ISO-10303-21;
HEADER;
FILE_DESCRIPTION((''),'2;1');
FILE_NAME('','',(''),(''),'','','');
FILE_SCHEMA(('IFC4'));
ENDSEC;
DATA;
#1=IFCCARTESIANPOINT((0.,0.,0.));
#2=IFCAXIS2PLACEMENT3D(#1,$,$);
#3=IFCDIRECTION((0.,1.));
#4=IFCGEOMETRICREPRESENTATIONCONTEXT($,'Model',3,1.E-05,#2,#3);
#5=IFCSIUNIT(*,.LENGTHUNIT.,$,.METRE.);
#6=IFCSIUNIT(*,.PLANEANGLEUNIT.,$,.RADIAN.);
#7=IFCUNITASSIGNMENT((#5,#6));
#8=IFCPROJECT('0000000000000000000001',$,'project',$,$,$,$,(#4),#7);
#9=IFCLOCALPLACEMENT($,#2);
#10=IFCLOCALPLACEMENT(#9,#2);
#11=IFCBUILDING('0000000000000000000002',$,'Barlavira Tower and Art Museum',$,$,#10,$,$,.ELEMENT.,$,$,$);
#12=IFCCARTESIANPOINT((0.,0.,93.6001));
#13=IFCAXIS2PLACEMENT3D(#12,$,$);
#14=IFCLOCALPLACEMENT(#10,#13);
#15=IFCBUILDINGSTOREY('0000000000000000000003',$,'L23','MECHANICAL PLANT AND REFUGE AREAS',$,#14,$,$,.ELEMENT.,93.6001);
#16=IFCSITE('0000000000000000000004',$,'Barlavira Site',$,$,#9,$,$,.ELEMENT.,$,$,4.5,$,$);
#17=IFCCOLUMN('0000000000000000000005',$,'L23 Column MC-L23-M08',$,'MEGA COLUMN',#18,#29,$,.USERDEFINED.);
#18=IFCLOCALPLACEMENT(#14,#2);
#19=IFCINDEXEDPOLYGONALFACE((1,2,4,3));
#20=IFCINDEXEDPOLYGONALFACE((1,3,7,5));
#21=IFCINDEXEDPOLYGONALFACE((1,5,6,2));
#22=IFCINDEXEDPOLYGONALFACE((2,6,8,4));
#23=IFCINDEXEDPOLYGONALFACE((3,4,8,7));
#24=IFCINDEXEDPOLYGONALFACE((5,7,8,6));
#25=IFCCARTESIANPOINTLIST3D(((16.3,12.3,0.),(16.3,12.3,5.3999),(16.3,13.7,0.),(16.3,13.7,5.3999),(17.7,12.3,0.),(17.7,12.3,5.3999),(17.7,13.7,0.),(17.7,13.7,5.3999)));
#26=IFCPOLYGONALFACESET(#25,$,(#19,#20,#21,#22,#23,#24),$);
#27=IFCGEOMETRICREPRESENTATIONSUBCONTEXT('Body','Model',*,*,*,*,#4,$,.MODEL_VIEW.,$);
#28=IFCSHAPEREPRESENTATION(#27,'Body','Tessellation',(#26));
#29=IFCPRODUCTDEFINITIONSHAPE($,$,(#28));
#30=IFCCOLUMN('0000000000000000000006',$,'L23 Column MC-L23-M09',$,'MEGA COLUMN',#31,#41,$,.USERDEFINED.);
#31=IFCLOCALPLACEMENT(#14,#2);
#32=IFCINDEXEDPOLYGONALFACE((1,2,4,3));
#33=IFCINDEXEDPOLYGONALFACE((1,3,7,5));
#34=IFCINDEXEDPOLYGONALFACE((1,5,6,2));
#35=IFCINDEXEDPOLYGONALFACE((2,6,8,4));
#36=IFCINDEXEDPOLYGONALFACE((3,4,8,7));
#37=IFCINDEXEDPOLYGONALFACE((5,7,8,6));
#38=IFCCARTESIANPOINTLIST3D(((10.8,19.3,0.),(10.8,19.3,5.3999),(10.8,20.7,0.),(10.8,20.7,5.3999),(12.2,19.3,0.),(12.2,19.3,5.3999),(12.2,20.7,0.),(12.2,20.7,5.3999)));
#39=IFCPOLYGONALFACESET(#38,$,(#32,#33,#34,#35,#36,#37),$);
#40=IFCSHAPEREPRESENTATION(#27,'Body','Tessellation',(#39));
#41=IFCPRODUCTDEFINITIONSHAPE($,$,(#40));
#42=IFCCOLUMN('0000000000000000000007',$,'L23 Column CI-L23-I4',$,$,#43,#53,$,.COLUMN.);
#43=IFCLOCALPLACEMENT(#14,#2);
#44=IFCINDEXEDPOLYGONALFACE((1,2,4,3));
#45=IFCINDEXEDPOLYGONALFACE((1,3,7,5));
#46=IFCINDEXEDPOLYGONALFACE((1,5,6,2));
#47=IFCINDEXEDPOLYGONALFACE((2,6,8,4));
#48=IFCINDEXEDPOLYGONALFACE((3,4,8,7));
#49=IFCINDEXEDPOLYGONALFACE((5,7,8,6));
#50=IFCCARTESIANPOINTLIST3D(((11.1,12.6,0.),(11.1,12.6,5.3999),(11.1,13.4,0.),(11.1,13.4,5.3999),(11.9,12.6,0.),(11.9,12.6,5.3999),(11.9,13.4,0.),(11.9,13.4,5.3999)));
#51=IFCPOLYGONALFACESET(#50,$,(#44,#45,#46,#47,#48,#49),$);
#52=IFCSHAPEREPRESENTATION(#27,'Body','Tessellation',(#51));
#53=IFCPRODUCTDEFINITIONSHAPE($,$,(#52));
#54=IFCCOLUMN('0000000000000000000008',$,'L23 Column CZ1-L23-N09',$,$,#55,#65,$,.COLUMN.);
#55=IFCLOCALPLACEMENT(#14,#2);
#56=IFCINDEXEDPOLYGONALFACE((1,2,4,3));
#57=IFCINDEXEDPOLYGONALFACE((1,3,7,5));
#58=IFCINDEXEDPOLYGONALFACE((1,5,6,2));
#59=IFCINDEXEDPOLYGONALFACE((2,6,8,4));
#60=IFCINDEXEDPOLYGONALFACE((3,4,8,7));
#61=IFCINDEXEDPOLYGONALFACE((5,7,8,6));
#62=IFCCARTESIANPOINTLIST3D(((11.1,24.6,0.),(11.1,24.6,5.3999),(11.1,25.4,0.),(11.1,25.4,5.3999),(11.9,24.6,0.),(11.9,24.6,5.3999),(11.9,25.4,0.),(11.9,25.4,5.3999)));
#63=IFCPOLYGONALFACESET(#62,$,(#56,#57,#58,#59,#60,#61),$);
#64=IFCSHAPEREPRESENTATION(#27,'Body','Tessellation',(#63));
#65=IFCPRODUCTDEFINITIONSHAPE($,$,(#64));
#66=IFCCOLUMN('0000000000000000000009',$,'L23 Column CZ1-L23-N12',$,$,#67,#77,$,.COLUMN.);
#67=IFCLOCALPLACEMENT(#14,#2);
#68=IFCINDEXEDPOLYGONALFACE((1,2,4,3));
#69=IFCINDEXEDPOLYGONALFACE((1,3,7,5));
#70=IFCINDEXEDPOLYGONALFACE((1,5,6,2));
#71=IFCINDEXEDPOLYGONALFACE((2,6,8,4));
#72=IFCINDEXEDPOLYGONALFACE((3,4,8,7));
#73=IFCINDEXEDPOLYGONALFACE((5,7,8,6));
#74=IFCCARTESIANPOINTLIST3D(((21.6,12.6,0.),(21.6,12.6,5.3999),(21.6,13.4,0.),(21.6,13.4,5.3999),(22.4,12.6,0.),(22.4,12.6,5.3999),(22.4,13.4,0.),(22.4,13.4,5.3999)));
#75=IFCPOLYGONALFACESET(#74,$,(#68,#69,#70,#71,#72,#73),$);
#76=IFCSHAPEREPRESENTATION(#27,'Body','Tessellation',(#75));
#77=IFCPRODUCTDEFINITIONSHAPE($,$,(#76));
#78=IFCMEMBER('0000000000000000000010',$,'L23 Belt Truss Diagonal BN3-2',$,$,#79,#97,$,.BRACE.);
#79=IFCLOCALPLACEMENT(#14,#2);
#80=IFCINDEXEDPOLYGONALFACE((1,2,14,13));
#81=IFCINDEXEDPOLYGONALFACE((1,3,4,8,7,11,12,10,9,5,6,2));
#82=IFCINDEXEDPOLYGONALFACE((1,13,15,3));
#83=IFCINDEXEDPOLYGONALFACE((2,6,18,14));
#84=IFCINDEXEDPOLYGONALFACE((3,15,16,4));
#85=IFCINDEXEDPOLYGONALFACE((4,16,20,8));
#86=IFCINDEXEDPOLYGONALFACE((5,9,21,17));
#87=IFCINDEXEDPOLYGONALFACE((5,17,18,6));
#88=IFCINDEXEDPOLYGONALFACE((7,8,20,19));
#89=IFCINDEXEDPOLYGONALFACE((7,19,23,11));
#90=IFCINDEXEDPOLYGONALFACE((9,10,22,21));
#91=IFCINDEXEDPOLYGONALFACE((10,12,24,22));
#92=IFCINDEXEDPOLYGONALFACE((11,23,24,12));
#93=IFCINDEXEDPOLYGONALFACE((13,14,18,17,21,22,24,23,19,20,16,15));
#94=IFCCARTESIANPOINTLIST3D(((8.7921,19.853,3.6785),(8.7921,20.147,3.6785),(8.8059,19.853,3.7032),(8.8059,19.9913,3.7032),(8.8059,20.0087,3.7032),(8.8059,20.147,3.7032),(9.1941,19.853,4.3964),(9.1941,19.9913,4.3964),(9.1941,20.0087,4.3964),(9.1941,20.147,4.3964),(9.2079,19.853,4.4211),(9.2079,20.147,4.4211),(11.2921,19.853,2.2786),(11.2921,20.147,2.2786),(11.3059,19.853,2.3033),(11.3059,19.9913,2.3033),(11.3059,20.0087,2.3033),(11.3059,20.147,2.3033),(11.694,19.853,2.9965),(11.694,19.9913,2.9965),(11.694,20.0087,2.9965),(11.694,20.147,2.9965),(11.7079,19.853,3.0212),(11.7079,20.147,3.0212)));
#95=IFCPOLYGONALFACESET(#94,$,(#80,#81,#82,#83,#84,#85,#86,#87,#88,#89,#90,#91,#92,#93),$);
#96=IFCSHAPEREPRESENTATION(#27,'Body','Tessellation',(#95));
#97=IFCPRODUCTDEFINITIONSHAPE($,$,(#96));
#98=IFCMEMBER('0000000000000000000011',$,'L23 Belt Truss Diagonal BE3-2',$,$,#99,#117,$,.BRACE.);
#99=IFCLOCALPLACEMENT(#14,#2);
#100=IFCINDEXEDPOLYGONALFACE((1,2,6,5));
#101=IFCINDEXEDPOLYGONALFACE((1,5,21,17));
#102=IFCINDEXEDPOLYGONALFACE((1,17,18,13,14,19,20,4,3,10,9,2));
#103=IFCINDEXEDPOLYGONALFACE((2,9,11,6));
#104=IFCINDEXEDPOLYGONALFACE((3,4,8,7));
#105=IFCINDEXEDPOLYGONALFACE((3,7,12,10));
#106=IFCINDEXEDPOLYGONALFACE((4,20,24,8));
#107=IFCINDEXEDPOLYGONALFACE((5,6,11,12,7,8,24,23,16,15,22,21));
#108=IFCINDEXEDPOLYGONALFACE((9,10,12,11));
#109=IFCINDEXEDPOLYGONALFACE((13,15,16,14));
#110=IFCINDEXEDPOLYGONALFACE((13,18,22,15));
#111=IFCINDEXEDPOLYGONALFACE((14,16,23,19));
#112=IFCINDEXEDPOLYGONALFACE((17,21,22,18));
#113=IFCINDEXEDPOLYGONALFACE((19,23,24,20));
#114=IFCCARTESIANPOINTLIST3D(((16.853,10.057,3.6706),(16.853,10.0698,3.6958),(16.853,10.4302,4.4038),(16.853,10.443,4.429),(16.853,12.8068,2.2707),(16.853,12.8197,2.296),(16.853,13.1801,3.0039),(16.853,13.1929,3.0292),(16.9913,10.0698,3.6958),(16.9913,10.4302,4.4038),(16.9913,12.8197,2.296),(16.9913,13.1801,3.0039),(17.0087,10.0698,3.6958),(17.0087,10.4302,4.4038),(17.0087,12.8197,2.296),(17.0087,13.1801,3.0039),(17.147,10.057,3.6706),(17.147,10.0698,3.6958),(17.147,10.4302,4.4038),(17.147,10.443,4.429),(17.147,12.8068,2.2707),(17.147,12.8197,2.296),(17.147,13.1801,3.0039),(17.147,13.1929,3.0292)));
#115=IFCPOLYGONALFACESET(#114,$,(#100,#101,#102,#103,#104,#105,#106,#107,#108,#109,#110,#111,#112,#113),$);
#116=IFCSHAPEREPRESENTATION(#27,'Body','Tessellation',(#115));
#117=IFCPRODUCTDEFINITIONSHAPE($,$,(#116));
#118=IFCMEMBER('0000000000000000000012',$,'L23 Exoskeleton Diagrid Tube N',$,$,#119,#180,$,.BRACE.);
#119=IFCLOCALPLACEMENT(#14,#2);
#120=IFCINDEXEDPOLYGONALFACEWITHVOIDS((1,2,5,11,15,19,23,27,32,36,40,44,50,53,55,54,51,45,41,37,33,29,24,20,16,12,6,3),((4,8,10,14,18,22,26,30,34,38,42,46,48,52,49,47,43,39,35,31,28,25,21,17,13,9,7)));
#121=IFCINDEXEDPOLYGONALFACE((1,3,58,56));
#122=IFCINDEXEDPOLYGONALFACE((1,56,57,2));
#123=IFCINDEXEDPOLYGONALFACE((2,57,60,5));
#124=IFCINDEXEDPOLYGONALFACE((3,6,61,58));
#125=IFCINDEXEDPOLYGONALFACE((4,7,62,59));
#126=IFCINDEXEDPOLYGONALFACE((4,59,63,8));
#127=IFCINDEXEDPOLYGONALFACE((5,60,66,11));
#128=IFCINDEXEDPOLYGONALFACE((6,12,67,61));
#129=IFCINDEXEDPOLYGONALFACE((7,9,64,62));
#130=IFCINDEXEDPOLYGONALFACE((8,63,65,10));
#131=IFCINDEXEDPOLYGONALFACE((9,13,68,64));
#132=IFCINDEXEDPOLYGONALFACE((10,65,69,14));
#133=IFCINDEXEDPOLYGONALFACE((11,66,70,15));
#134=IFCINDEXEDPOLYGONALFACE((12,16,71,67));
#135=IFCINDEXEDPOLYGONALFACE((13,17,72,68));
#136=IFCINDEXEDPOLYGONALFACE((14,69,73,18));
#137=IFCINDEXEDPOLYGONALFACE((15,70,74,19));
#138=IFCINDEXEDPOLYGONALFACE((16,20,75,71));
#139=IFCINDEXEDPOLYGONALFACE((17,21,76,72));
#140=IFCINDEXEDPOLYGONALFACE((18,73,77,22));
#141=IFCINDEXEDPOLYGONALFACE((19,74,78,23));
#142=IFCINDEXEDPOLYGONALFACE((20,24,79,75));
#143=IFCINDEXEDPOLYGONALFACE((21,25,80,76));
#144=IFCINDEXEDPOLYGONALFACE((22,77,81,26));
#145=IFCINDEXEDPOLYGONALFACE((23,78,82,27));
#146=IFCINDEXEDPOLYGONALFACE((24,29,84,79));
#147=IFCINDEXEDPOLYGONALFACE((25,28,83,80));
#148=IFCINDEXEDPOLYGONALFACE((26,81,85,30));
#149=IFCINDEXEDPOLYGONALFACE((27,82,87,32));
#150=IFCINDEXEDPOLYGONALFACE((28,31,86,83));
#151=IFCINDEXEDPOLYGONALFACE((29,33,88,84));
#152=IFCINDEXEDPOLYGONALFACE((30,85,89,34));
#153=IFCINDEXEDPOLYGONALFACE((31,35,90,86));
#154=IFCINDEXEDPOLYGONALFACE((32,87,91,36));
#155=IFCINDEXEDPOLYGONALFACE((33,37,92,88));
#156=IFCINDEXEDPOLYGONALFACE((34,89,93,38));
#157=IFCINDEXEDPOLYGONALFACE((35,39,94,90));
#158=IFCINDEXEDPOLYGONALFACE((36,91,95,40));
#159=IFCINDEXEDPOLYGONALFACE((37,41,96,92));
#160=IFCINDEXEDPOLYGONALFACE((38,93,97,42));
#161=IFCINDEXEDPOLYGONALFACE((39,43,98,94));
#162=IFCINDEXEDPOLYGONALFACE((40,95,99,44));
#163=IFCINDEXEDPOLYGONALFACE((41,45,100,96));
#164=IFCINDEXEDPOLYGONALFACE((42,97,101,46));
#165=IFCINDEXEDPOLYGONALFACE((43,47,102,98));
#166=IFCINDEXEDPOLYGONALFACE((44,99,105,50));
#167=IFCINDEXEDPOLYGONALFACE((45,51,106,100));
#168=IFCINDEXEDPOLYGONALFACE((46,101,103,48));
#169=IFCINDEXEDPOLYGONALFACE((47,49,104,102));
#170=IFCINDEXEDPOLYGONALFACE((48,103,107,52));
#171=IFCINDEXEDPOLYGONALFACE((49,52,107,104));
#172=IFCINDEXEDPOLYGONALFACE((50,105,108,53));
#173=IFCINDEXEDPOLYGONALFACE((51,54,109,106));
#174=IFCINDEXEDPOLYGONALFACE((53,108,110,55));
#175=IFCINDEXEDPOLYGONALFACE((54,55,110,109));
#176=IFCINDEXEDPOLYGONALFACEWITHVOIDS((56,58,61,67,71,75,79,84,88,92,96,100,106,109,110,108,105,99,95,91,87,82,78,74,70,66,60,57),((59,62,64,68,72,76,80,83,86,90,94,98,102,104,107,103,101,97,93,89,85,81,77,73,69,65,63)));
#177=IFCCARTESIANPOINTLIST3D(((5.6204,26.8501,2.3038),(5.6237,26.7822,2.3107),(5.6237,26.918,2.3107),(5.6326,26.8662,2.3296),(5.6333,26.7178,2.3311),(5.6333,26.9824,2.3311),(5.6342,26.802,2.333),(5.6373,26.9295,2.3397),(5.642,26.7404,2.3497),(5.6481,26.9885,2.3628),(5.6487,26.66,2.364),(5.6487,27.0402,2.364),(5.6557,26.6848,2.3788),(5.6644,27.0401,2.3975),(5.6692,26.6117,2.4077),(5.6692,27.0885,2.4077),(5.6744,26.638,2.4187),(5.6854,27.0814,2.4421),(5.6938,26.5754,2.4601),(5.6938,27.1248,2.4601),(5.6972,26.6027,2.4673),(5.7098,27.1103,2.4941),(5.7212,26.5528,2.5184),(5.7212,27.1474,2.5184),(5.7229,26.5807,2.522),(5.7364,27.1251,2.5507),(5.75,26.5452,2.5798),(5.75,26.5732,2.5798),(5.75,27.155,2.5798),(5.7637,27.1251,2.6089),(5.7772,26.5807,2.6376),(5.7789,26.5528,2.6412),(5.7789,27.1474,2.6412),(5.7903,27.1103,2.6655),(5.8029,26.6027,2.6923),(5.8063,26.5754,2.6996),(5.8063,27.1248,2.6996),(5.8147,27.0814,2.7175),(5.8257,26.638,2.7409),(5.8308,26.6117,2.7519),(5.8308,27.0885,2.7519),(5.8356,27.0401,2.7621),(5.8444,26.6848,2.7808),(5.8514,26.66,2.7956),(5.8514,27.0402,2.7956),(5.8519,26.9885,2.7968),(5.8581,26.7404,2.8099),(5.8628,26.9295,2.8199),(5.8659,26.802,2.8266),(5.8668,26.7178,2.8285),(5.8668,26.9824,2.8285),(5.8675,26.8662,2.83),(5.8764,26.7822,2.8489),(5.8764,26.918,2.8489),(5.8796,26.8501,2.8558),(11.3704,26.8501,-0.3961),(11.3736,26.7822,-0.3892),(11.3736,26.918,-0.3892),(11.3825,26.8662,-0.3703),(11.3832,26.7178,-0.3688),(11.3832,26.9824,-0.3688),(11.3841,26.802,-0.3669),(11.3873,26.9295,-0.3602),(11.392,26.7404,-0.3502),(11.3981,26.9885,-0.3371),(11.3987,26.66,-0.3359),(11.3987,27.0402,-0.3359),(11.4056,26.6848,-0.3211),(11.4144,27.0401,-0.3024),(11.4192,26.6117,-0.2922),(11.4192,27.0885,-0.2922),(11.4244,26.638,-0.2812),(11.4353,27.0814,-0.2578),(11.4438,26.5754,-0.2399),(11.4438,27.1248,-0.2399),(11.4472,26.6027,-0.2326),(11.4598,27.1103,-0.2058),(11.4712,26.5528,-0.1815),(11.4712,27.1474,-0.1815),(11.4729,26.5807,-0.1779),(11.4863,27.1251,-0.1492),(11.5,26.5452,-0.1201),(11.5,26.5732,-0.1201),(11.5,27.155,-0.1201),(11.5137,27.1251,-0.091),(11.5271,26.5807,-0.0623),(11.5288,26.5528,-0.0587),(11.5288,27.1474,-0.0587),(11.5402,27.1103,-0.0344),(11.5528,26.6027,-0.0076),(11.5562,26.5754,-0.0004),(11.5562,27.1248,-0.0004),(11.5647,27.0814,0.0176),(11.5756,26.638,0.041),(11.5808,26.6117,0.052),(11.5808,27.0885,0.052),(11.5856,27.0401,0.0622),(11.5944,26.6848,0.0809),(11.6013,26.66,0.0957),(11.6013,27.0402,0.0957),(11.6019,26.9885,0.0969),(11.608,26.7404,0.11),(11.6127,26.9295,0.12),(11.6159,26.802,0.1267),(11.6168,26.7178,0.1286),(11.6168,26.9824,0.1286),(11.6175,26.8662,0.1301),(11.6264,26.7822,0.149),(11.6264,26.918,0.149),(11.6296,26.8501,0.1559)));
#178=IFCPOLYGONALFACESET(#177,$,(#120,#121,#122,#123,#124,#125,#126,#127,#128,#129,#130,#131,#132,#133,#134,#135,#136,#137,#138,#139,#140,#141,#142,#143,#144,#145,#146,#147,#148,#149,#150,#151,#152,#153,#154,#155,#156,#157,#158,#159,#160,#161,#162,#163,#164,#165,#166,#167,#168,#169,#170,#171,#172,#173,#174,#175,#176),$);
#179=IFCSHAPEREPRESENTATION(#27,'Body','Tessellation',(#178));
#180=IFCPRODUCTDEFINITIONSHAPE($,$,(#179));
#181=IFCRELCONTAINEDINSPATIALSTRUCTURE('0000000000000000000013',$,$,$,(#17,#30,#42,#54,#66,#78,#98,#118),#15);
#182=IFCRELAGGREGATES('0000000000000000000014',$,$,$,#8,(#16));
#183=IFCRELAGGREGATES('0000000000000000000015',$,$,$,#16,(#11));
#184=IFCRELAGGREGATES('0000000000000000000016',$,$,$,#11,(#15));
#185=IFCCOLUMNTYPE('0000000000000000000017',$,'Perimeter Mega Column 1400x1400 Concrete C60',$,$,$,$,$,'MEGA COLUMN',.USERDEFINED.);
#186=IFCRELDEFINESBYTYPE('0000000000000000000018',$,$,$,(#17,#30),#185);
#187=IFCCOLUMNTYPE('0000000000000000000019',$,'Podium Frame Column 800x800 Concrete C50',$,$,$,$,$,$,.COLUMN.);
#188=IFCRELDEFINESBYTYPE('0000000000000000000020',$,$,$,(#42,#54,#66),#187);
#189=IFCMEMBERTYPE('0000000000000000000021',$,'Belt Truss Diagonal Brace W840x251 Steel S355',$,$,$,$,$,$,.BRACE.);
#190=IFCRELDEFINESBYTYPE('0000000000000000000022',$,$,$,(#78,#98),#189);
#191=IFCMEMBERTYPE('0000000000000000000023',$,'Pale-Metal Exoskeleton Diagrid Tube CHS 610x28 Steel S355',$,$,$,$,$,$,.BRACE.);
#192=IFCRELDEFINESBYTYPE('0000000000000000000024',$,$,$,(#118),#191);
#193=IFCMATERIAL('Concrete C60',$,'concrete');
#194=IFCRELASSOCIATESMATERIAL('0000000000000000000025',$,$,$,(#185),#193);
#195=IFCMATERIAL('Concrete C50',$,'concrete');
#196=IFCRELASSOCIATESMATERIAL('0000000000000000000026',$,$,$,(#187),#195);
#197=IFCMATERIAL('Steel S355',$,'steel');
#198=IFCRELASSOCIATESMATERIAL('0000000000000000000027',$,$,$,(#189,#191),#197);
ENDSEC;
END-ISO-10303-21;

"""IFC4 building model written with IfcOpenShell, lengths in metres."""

from ifc_helpers import new_model, si_unit, direction, frame, origin, origin_2d, place, context, subcontext, project, spatial, rectangle, hollow_circle, i_section, extrude, material, material_profile, profile_set, type_object, element, save


model = new_model("IFC4")

# Units and contexts
model_context = context("Model", 3, precision=1e-05, world=origin(), true_north=direction((0.0, 1.0)))
body_context = subcontext(model_context, "Body", "Model", "MODEL_VIEW")
ifc_project = project(units=[si_unit("LENGTHUNIT", "METRE"), si_unit("PLANEANGLEUNIT", "RADIAN")], contexts=[model_context])

# Site, building, storey
site_placement = place(None, origin())
site = spatial("IfcSite", under=ifc_project, at=site_placement, Name="Barlavira Site", CompositionType="ELEMENT", RefElevation=4.5)
building_placement = place(site_placement, origin())
building = spatial("IfcBuilding", under=site, at=building_placement, Name="Barlavira Tower and Art Museum", CompositionType="ELEMENT")
storey_placement = place(building_placement, frame((0.0, 0.0, 93.6001)))
storey = spatial("IfcBuildingStorey", under=building, at=storey_placement, Name="L23", Description="MECHANICAL PLANT AND REFUGE AREAS", CompositionType="ELEMENT", Elevation=93.6001)

# Columns
ifc_material_1 = material(Name="Concrete C60", Category="concrete")
ifc_material_profile_1 = material_profile(ifc_material_1, rectangle(XDim=1.3999, YDim=1.3999, at=origin_2d()), Name="RC-MCOL 1400x1400")
ifc_profile_set_1 = profile_set([ifc_material_profile_1], Name="Concrete C60")
column_type_1 = type_object("IfcColumnType", Name="Perimeter Mega Column 1400x1400 Concrete C60", ElementType="MEGA COLUMN", PredefinedType="USERDEFINED", material=ifc_profile_set_1)
for number, where, z_axis, x_axis, name in (
    (1, (17.0, 13.0, 0.0), (0.0, 0.0, 1.0), (1.0, 0.0, 0.0), "L23 Column MC-L23-M08"),
    (2, (11.5, 20.0, 0.0), (0.0, 0.0, 1.0), (1.0, 0.0, 0.0), "L23 Column MC-L23-M09"),
):
    element("IfcColumn", number, at=place(storey_placement, frame(where, z_axis=z_axis, x_axis=x_axis)), inside=storey, type_object=column_type_1, Name=name, ObjectType="MEGA COLUMN", PredefinedType="USERDEFINED", context=body_context, shape_type="SweptSolid", body=[
        extrude(rectangle(XDim=1.3999, YDim=1.3999, at=origin_2d()), origin(), (0.0, 0.0, 1.0), 5.3999),
    ])
ifc_material_2 = material(Name="Concrete C50", Category="concrete")
ifc_material_profile_2 = material_profile(ifc_material_2, rectangle(XDim=0.8, YDim=0.8, at=origin_2d()), Name="RC-COL 800x800")
ifc_profile_set_2 = profile_set([ifc_material_profile_2], Name="Concrete C50")
column_type_2 = type_object("IfcColumnType", Name="Podium Frame Column 800x800 Concrete C50", PredefinedType="COLUMN", material=ifc_profile_set_2)
for number, where, z_axis, x_axis, name in (
    (3, (11.5, 13.0, 0.0), (0.0, 0.0, 1.0), (1.0, 0.0, 0.0), "L23 Column CI-L23-I4"),
    (4, (11.5, 25.0, 0.0), (0.0, 0.0, 1.0), (1.0, 0.0, 0.0), "L23 Column CZ1-L23-N09"),
    (5, (22.0, 13.0, 0.0), (0.0, 0.0, 1.0), (1.0, 0.0, 0.0), "L23 Column CZ1-L23-N12"),
):
    element("IfcColumn", number, at=place(storey_placement, frame(where, z_axis=z_axis, x_axis=x_axis)), inside=storey, type_object=column_type_2, Name=name, PredefinedType="COLUMN", context=body_context, shape_type="SweptSolid", body=[
        extrude(rectangle(XDim=0.8, YDim=0.8, at=origin_2d()), origin(), (0.0, 0.0, 1.0), 5.3999),
    ])

# Members
ifc_material_3 = material(Name="Steel S355", Category="steel")
ifc_material_profile_3 = material_profile(ifc_material_3, i_section(OverallWidth=0.2939, OverallDepth=0.8511, WebThickness=0.0173, FlangeThickness=0.0283, at=origin_2d()), Name="W840x251.0")
ifc_profile_set_3 = profile_set([ifc_material_profile_3], Name="Steel S355")
member_type_1 = type_object("IfcMemberType", Name="Belt Truss Diagonal Brace W840x251 Steel S355", PredefinedType="BRACE", material=ifc_profile_set_3)
member_1_placement = place(storey_placement, frame((9.0, 20.0, 4.0498), z_axis=(0.872521, 0.0, -0.488577), x_axis=(0.0, 1.0, 0.0)))
element("IfcMember", 6, at=member_1_placement, inside=storey, type_object=member_type_1, Name="L23 Belt Truss Diagonal BN3-2", PredefinedType="BRACE", context=body_context, shape_type="SweptSolid", body=[
    extrude(i_section(OverallWidth=0.2939, OverallDepth=0.8511, WebThickness=0.0173, FlangeThickness=0.0283, at=origin_2d()), origin(), (0.0, 0.0, 1.0), 2.8652),
])
member_2_placement = place(storey_placement, frame((17.0, 10.25, 4.0498), z_axis=(0.0, 0.891176, -0.453658), x_axis=(-1.0, 0.0, 0.0)))
element("IfcMember", 7, at=member_2_placement, inside=storey, type_object=member_type_1, Name="L23 Belt Truss Diagonal BE3-2", PredefinedType="BRACE", context=body_context, shape_type="SweptSolid", body=[
    extrude(i_section(OverallWidth=0.2939, OverallDepth=0.8511, WebThickness=0.0173, FlangeThickness=0.0283, at=origin_2d()), origin(), (0.0, 0.0, 1.0), 3.0857),
])
ifc_material_profile_4 = material_profile(ifc_material_3, hollow_circle(Radius=0.3049, WallThickness=0.0281, at=origin_2d()), Name="CHS 610.0x28.0")
ifc_profile_set_4 = profile_set([ifc_material_profile_4], Name="Steel S355")
member_type_2 = type_object("IfcMemberType", Name="Pale-Metal Exoskeleton Diagrid Tube CHS 610x28 Steel S355", PredefinedType="BRACE", material=ifc_profile_set_4)
member_3_placement = place(storey_placement, frame((11.5, 26.8501, -0.1201), z_axis=(-0.905178, 0.0, 0.425032), x_axis=(0.0, -1.0, 0.0)))
element("IfcMember", 8, at=member_3_placement, inside=storey, type_object=member_type_2, Name="L23 Exoskeleton Diagrid Tube N", PredefinedType="BRACE", context=body_context, shape_type="SweptSolid", body=[
    extrude(hollow_circle(Radius=0.3049, WallThickness=0.0281, at=origin_2d()), origin(), (0.0, 0.0, 1.0), 6.3523),
])

save(model, "model.ifc")
